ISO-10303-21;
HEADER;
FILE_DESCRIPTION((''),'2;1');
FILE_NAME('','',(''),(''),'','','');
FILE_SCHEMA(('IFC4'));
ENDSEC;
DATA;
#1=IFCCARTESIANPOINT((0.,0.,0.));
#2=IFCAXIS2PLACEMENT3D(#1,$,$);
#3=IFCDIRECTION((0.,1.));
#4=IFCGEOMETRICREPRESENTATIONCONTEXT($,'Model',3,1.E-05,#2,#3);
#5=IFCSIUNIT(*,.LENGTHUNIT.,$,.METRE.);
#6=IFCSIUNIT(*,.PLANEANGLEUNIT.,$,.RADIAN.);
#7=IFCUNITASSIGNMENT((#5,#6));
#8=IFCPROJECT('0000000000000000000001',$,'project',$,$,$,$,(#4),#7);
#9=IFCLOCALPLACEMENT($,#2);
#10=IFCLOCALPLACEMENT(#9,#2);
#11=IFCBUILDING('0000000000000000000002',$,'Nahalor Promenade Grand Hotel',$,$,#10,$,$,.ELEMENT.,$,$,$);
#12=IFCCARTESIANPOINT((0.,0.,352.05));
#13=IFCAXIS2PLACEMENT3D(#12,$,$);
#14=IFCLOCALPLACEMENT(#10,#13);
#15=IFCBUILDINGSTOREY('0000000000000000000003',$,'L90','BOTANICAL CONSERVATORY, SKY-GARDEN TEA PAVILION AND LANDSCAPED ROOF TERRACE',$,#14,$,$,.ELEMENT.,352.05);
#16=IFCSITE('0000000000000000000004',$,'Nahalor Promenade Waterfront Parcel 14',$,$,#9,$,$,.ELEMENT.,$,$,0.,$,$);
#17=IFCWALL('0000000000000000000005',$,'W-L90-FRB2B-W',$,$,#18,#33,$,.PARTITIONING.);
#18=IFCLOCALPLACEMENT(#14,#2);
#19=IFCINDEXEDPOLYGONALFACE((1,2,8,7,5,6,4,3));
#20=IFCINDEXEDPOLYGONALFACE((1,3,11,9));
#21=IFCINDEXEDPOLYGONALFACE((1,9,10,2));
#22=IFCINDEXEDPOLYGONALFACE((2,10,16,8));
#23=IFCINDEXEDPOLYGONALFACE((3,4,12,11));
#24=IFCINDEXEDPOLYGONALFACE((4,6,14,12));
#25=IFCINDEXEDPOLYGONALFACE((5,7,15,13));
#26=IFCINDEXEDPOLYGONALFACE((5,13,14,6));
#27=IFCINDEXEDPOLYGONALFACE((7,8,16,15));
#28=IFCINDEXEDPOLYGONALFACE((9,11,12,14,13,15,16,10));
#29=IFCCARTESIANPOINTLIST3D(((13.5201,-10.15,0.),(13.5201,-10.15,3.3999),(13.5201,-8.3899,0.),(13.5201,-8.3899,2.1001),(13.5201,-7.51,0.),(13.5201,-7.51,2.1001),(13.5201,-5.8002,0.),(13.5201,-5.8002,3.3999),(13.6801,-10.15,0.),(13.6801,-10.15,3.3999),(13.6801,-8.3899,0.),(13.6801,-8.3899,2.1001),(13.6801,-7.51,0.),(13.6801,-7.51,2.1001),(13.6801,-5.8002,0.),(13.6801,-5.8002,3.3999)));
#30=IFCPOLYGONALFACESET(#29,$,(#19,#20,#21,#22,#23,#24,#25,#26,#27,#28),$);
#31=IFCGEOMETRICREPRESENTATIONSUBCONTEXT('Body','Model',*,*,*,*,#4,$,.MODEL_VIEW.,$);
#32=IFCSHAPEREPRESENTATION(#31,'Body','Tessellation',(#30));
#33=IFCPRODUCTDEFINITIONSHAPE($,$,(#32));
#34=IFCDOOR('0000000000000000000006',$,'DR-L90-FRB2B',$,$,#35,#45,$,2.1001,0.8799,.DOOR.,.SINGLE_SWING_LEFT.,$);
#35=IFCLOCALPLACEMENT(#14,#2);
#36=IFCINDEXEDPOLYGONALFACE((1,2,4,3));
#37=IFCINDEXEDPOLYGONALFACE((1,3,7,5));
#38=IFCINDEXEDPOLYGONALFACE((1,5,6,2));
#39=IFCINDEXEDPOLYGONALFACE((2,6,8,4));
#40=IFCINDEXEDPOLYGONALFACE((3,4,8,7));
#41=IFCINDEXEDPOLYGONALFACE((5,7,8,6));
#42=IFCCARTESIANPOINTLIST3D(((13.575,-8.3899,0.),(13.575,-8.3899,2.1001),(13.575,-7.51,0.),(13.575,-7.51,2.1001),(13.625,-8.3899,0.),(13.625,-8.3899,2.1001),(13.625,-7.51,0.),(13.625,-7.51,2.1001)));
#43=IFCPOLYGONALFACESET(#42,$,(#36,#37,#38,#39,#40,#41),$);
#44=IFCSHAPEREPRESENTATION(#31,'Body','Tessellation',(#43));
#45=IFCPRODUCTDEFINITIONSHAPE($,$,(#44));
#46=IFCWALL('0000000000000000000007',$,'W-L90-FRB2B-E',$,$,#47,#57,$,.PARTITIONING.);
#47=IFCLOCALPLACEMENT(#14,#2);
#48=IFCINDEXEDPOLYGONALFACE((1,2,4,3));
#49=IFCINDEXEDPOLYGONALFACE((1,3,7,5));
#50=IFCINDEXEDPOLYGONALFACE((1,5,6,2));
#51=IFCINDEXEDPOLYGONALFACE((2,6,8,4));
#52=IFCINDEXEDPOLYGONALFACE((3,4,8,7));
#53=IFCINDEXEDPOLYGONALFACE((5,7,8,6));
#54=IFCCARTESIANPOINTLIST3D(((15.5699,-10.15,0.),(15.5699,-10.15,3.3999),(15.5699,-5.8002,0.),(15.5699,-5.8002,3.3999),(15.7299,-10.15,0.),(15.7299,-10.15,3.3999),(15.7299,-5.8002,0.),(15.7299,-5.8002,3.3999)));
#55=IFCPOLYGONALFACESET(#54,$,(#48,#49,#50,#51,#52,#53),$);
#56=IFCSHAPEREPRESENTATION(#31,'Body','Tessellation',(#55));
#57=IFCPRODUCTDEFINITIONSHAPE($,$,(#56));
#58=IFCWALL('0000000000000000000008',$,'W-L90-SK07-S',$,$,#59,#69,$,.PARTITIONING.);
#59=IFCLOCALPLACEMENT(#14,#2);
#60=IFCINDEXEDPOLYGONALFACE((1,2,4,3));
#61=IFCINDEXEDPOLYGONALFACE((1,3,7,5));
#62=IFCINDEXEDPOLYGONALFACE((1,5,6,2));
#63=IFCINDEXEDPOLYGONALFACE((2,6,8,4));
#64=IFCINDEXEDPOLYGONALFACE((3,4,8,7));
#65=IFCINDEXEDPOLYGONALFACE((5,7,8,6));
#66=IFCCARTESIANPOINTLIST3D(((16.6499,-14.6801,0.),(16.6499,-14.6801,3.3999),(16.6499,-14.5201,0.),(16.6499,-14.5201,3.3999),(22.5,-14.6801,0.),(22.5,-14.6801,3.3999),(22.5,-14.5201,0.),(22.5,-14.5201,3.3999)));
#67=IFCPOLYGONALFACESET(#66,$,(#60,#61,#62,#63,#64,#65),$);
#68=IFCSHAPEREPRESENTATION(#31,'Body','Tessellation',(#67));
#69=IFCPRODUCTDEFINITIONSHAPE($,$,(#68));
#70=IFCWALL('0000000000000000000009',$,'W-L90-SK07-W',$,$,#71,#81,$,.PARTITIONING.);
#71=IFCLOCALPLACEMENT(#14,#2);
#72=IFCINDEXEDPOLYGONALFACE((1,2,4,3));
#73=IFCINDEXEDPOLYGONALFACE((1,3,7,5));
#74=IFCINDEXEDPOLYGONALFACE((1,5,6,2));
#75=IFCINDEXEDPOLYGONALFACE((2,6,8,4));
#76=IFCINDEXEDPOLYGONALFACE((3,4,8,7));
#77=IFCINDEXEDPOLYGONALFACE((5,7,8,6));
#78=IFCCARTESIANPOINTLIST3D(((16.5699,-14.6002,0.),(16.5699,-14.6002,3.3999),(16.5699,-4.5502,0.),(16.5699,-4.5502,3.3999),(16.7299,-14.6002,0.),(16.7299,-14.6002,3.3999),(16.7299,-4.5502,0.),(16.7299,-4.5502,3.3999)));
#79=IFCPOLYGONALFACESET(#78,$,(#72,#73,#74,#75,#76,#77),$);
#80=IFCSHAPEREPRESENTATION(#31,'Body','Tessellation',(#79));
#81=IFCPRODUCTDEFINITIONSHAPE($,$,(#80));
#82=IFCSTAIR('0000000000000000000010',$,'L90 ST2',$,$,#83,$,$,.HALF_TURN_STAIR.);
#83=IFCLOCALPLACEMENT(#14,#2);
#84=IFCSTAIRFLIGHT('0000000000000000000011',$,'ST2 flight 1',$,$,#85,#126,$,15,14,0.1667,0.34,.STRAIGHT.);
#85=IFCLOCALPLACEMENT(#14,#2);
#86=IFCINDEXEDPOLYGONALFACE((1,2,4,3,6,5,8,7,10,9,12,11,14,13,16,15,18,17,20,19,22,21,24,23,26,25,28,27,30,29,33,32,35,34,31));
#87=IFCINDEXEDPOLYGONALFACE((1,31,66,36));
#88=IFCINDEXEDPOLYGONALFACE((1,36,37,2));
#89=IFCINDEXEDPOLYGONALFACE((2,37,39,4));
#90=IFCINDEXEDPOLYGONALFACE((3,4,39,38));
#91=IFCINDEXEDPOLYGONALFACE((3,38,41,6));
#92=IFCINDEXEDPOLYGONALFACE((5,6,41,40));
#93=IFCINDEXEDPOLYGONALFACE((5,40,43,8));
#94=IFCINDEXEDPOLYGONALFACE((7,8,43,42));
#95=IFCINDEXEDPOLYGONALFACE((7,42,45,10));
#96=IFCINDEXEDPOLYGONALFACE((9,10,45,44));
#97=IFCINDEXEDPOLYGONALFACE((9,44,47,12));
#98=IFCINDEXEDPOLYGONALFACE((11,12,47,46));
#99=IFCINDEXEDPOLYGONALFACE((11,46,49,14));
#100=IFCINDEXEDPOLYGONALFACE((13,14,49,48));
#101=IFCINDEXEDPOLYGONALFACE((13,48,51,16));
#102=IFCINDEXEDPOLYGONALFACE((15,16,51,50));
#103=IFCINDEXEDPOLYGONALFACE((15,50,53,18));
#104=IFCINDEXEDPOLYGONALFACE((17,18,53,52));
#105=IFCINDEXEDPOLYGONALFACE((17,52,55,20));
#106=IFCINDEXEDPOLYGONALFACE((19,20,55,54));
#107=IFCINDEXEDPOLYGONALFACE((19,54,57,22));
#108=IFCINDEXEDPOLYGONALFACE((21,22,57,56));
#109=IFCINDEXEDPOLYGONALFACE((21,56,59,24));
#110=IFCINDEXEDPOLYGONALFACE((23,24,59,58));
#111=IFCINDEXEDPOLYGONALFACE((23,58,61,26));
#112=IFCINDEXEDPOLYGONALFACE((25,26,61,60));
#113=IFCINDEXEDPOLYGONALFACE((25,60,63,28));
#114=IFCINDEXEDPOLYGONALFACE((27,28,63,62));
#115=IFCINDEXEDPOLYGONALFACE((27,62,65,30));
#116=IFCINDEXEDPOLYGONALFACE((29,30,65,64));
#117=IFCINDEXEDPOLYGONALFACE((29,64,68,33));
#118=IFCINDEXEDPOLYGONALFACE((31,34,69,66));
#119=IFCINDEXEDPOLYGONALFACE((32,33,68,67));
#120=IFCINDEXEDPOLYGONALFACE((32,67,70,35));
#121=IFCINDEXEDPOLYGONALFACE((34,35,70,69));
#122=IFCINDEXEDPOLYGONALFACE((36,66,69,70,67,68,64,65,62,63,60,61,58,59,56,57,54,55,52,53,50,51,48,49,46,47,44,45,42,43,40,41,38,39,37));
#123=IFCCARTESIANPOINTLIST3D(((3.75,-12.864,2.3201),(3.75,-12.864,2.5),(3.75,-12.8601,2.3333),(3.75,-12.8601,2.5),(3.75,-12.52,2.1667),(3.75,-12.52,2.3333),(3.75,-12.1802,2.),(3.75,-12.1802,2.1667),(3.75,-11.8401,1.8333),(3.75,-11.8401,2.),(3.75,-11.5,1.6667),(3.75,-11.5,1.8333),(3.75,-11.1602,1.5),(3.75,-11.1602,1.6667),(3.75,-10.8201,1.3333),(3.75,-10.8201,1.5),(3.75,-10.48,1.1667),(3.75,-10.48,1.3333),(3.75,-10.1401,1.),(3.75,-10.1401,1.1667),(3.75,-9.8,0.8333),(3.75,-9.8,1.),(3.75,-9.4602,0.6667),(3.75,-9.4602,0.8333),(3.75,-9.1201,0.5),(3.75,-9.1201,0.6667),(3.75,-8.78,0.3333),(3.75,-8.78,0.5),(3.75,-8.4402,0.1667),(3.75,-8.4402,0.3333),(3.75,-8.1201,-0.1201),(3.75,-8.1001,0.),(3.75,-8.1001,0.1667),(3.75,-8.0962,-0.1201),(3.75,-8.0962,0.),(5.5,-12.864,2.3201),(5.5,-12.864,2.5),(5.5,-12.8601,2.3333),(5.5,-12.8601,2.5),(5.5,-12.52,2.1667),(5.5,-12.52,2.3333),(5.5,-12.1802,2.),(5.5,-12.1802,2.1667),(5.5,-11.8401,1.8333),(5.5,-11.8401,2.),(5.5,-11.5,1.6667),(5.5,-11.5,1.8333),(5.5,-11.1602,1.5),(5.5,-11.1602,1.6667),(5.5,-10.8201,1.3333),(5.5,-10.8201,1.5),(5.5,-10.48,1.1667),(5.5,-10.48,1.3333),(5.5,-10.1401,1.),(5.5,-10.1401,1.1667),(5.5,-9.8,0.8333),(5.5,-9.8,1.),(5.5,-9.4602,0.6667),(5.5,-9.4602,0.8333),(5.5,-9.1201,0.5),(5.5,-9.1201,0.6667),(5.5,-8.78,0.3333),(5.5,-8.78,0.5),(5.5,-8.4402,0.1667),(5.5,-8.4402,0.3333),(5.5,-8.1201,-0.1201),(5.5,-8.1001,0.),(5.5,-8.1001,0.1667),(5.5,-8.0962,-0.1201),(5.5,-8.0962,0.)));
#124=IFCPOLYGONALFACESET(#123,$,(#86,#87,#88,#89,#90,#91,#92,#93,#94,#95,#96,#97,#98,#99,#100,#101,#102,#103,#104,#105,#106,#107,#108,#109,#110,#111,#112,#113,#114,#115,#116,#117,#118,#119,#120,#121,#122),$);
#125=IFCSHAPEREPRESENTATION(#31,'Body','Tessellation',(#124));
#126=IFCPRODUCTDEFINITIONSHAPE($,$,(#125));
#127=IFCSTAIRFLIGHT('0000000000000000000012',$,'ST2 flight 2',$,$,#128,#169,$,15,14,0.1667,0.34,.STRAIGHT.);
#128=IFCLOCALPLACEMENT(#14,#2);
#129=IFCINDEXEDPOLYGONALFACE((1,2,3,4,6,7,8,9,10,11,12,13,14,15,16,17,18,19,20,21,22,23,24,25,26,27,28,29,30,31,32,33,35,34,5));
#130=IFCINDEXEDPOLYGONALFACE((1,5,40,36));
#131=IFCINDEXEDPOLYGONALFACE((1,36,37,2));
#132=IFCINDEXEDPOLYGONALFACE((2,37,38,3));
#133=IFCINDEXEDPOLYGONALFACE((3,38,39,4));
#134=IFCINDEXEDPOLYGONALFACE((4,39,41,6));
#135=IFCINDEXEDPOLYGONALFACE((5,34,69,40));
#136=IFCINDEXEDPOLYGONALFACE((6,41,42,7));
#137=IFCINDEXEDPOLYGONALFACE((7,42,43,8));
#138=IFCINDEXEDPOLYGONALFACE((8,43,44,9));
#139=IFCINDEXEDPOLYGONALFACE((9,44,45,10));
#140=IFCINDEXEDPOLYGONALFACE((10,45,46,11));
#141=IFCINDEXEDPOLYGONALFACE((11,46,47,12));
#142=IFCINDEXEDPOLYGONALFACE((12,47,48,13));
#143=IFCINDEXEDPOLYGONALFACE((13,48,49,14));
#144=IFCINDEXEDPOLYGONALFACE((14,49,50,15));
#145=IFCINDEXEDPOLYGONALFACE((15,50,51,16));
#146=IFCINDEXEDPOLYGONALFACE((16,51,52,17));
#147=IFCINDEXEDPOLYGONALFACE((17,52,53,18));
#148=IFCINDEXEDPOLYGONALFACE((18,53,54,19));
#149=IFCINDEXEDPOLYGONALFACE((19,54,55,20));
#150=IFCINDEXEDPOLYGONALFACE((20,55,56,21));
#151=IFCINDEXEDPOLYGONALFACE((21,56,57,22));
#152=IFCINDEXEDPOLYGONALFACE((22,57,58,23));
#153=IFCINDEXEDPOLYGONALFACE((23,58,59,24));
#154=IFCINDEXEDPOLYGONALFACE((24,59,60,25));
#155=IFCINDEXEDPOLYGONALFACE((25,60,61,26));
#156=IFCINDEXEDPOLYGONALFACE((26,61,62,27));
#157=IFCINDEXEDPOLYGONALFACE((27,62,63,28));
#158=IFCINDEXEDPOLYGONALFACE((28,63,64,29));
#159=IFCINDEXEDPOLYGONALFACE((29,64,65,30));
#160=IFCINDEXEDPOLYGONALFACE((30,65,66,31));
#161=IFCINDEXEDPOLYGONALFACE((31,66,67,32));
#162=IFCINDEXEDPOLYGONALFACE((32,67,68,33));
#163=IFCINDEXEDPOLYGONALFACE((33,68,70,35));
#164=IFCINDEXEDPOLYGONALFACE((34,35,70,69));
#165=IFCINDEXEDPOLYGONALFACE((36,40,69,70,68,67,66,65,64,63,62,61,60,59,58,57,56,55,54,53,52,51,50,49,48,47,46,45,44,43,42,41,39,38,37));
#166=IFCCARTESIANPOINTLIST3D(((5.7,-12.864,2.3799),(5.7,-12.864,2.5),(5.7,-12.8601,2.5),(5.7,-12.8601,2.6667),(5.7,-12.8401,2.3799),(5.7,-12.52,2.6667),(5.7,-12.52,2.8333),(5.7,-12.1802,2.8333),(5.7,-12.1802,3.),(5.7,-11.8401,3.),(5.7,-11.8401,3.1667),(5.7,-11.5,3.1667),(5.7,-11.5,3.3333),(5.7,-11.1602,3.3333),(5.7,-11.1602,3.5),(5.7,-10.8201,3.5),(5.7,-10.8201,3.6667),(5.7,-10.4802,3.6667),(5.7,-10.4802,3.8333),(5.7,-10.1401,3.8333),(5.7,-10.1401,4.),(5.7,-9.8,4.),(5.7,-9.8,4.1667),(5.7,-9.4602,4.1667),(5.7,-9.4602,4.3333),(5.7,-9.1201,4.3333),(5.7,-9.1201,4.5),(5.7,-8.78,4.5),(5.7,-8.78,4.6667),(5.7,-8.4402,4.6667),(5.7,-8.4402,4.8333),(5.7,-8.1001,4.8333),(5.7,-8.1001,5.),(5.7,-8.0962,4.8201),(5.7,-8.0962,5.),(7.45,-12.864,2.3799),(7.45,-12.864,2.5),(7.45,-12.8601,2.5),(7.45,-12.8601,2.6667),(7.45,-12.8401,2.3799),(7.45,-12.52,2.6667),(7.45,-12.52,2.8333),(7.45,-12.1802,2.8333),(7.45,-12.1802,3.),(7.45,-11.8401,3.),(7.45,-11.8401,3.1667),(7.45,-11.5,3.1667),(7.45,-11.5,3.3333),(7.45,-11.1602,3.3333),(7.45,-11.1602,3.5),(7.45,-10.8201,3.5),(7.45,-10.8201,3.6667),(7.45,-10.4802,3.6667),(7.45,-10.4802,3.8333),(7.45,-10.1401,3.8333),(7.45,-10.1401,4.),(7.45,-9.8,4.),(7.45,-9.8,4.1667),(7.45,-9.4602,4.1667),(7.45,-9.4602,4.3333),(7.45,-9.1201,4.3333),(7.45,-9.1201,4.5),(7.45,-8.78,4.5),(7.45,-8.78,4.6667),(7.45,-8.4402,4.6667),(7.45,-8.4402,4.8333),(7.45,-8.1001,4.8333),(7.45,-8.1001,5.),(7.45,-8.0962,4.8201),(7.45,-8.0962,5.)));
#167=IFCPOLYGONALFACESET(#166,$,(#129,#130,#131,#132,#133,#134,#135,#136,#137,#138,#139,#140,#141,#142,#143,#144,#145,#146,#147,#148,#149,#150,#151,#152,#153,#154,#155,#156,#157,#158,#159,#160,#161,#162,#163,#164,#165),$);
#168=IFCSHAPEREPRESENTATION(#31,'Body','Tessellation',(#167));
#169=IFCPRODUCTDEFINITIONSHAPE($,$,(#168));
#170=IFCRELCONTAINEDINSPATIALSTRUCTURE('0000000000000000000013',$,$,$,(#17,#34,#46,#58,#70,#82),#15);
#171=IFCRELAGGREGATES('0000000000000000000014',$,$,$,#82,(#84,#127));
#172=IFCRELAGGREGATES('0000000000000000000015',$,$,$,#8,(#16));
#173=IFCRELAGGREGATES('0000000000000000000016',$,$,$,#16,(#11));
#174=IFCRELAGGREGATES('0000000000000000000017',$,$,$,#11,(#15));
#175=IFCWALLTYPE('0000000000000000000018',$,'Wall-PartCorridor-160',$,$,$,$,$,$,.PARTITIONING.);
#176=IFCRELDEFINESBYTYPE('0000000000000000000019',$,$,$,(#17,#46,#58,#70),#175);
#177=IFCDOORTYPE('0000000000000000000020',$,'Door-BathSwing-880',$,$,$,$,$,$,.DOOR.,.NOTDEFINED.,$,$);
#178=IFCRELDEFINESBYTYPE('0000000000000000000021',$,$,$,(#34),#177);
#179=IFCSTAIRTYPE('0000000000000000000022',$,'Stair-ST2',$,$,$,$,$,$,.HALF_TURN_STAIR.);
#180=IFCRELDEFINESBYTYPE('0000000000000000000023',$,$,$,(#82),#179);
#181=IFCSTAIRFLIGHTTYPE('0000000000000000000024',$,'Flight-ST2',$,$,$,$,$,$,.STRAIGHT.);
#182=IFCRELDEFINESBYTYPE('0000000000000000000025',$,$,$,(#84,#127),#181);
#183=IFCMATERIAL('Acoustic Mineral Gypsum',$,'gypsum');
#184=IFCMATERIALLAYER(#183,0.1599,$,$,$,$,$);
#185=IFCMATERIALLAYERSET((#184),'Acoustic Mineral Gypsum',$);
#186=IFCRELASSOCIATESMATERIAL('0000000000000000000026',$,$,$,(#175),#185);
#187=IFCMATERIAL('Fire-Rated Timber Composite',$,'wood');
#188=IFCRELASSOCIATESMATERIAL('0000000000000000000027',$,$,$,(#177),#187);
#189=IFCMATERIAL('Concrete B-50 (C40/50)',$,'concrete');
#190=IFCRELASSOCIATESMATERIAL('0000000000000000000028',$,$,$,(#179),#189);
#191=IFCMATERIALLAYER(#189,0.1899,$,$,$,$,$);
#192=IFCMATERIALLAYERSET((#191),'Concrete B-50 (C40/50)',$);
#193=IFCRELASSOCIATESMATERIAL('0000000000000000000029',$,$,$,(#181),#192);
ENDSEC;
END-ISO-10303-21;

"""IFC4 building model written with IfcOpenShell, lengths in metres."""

from ifc_helpers import new_model, si_unit, direction, frame, frame_2d, origin, place, context, subcontext, project, spatial, polyline, rectangle, outline, extrude, source, transform, mapped, material, layer, layer_set, type_object, element, fill, aggregate, save


model = new_model("IFC4")

# Units and contexts
model_context = context("Model", 3, precision=1e-05, world=origin(), true_north=direction((0.0, 1.0)))
body_context = subcontext(model_context, "Body", "Model", "MODEL_VIEW")
ifc_project = project(units=[si_unit("LENGTHUNIT", "METRE"), si_unit("PLANEANGLEUNIT", "RADIAN")], contexts=[model_context])

# Site, building, storey
site_placement = place(None, origin())
site = spatial("IfcSite", under=ifc_project, at=site_placement, Name="Nahalor Promenade Waterfront Parcel 14", CompositionType="ELEMENT", RefElevation=0.0)
building_placement = place(site_placement, origin())
building = spatial("IfcBuilding", under=site, at=building_placement, Name="Nahalor Promenade Grand Hotel", CompositionType="ELEMENT")
storey_placement = place(building_placement, frame((0.0, 0.0, 352.05)))
storey = spatial("IfcBuildingStorey", under=building, at=storey_placement, Name="L90", Description="BOTANICAL CONSERVATORY, SKY-GARDEN TEA PAVILION AND LANDSCAPED ROOF TERRACE", CompositionType="ELEMENT", Elevation=352.05)

# Shared definitions
ifc_material_1 = material(Name="Concrete B-50 (C40/50)", Category="concrete")
ifc_material_2 = material(Name="Acoustic Mineral Gypsum", Category="gypsum")
ifc_layer_1 = layer(ifc_material_2, 0.1599)
ifc_layer_set_1 = layer_set([ifc_layer_1], Name="Acoustic Mineral Gypsum")
wall_type_1 = type_object("IfcWallType", Name="Wall-PartCorridor-160", PredefinedType="PARTITIONING", material=ifc_layer_set_1)

# Shared definitions
ifc_material_3 = material(Name="Fire-Rated Timber Composite", Category="wood")
door_type = type_object("IfcDoorType", Name="Door-BathSwing-880", OperationType="NOTDEFINED", PredefinedType="DOOR", material=ifc_material_3)
shared_shape_1 = source(origin(), body_context, "Body", "SweptSolid", [
    extrude(rectangle(XDim=0.8799, YDim=2.1001, at=frame_2d((0.4399, 1.05))), frame((0.0, 0.0249, 0.0), z_axis=(0.0, -1.0, 0.0), x_axis=(1.0, 0.0, 0.0)), (0.0, 0.0, 1.0), 0.05),
])

# Wall, opening, door
shared_shape_2 = source(origin(), body_context, "Body", "SweptSolid", [
    extrude(rectangle(XDim=4.3499, YDim=0.1599, at=frame_2d((2.1748, 0.0))), origin(), (0.0, 0.0, 1.0), 3.3999),
])
wall_1_placement = place(storey_placement, frame((13.6001, -10.1499, 0.0), z_axis=(0.0, 0.0, 1.0), x_axis=(0.0, 1.0, 0.0)))
wall_1 = element("IfcWall", 1, at=wall_1_placement, inside=storey, type_object=wall_type_1, Name="W-L90-FRB2B-W", PredefinedType="PARTITIONING", context=body_context, shape_type="MappedRepresentation", body=[
    mapped(shared_shape_2, transform((0.0, 0.0, 0.0), scale=1.0)),
])
opening_1_placement = place(wall_1_placement, frame((1.76, 0.0, 0.0)))
opening_1 = element("IfcOpeningElement", 2, at=opening_1_placement, cuts=wall_1, PredefinedType="OPENING", context=body_context, shape_type="SweptSolid", body=[
    extrude(rectangle(XDim=0.8799, YDim=2.1001, at=frame_2d((0.4399, 1.05))), frame((0.0, 0.0898, 0.0), z_axis=(0.0, -1.0, 0.0), x_axis=(1.0, 0.0, 0.0)), (0.0, 0.0, 1.0), 0.1799),
])
door_1_placement = place(opening_1_placement, frame((0.8799, 0.0, 0.0), z_axis=(0.0, 0.0, 1.0), x_axis=(-1.0, 0.0, 0.0)))
door_1 = element("IfcDoor", 3, at=door_1_placement, inside=storey, type_object=door_type, Name="DR-L90-FRB2B", OperationType="SINGLE_SWING_LEFT", OverallHeight=2.1001, OverallWidth=0.8799, PredefinedType="DOOR", context=body_context, shape_type="MappedRepresentation", body=[
    mapped(shared_shape_1, transform((0.0, 0.0, 0.0), scale=1.0)),
])
fill(opening_1, door_1)

# Walls
wall_2_placement = place(storey_placement, frame((15.6499, -10.1499, 0.0), z_axis=(0.0, 0.0, 1.0), x_axis=(0.0, 1.0, 0.0)))
element("IfcWall", 4, at=wall_2_placement, inside=storey, type_object=wall_type_1, Name="W-L90-FRB2B-E", PredefinedType="PARTITIONING", context=body_context, shape_type="MappedRepresentation", body=[
    mapped(shared_shape_2, transform((0.0, 0.0, 0.0), scale=1.0)),
])
shared_shape_3 = source(origin(), body_context, "Body", "SweptSolid", [
    extrude(rectangle(XDim=5.8501, YDim=0.1599, at=frame_2d((2.925, 0.0))), origin(), (0.0, 0.0, 1.0), 3.3999),
])
wall_3_placement = place(storey_placement, frame((16.6499, -14.6001, 0.0), z_axis=(0.0, 0.0, 1.0), x_axis=(1.0, 0.0, 0.0)))
element("IfcWall", 5, at=wall_3_placement, inside=storey, type_object=wall_type_1, Name="W-L90-SK07-S", PredefinedType="PARTITIONING", context=body_context, shape_type="MappedRepresentation", body=[
    mapped(shared_shape_3, transform((0.0, 0.0, 0.0), scale=1.0)),
])
shared_shape_4 = source(origin(), body_context, "Body", "SweptSolid", [
    extrude(rectangle(XDim=10.05, YDim=0.1599, at=frame_2d((5.0249, 0.0))), origin(), (0.0, 0.0, 1.0), 3.3999),
])
wall_4_placement = place(storey_placement, frame((16.6499, -14.6001, 0.0), z_axis=(0.0, 0.0, 1.0), x_axis=(0.0, 1.0, 0.0)))
element("IfcWall", 6, at=wall_4_placement, inside=storey, type_object=wall_type_1, Name="W-L90-SK07-W", PredefinedType="PARTITIONING", context=body_context, shape_type="MappedRepresentation", body=[
    mapped(shared_shape_4, transform((0.0, 0.0, 0.0), scale=1.0)),
])

# Stair, stair flights
stair_type = type_object("IfcStairType", Name="Stair-ST2", PredefinedType="HALF_TURN_STAIR", material=ifc_material_1)
stair_placement = place(storey_placement, origin())
stair = element("IfcStair", 7, at=stair_placement, inside=storey, type_object=stair_type, Name="L90 ST2", PredefinedType="HALF_TURN_STAIR")
ifc_layer_2 = layer(ifc_material_1, 0.1899)
ifc_layer_set_2 = layer_set([ifc_layer_2], Name="Concrete B-50 (C40/50)")
stair_flight_type = type_object("IfcStairFlightType", Name="Flight-ST2", PredefinedType="STRAIGHT", material=ifc_layer_set_2)
shared_shape_5 = source(origin(), body_context, "Body", "SweptSolid", [
    extrude(outline(polyline([(-0.0039, -0.1201), (-0.0039, 0.0), (0.0, 0.0), (0.0, 0.1667), (0.3401, 0.1667), (0.3401, 0.3333), (0.6799, 0.3333), (0.6799, 0.5), (1.02, 0.5), (1.02, 0.6667), (1.3601, 0.6667), (1.3601, 0.8333), (1.7, 0.8333), (1.7, 1.0), (2.04, 1.0), (2.04, 1.1667), (2.3799, 1.1667), (2.3799, 1.3333), (2.72, 1.3333), (2.72, 1.5), (3.0601, 1.5), (3.0601, 1.6667), (3.3999, 1.6667), (3.3999, 1.8333), (3.74, 1.8333), (3.74, 2.0), (4.0801, 2.0), (4.0801, 2.1667), (4.4199, 2.1667), (4.4199, 2.3333), (4.76, 2.3333), (4.76, 2.5), (4.7639, 2.5), (4.7639, 2.3201), (0.02, -0.1201), (-0.0039, -0.1201)])), frame((0.0, 0.875, 0.0), z_axis=(0.0, -1.0, 0.0), x_axis=(1.0, 0.0, 0.0)), (0.0, 0.0, 1.0), 1.75),
])
stair_flight_1_placement = place(storey_placement, frame((4.625, -8.1001, 0.0), z_axis=(0.0, 0.0, 1.0), x_axis=(0.0, -1.0, 0.0)))
stair_flight_1 = element("IfcStairFlight", 8, at=stair_flight_1_placement, type_object=stair_flight_type, Name="ST2 flight 1", NumberOfRisers=15, NumberOfTreads=14, PredefinedType="STRAIGHT", RiserHeight=0.1667, TreadLength=0.34, context=body_context, shape_type="MappedRepresentation", body=[
    mapped(shared_shape_5, transform((0.0, 0.0, 0.0), scale=1.0)),
])
stair_flight_2_placement = place(storey_placement, frame((6.575, -12.8601, 2.5), z_axis=(0.0, 0.0, 1.0), x_axis=(0.0, 1.0, 0.0)))
stair_flight_2 = element("IfcStairFlight", 9, at=stair_flight_2_placement, type_object=stair_flight_type, Name="ST2 flight 2", NumberOfRisers=15, NumberOfTreads=14, PredefinedType="STRAIGHT", RiserHeight=0.1667, TreadLength=0.34, context=body_context, shape_type="MappedRepresentation", body=[
    mapped(shared_shape_5, transform((0.0, 0.0, 0.0), scale=1.0)),
])
aggregate(stair, [stair_flight_1, stair_flight_2])

save(model, "model.ifc")
